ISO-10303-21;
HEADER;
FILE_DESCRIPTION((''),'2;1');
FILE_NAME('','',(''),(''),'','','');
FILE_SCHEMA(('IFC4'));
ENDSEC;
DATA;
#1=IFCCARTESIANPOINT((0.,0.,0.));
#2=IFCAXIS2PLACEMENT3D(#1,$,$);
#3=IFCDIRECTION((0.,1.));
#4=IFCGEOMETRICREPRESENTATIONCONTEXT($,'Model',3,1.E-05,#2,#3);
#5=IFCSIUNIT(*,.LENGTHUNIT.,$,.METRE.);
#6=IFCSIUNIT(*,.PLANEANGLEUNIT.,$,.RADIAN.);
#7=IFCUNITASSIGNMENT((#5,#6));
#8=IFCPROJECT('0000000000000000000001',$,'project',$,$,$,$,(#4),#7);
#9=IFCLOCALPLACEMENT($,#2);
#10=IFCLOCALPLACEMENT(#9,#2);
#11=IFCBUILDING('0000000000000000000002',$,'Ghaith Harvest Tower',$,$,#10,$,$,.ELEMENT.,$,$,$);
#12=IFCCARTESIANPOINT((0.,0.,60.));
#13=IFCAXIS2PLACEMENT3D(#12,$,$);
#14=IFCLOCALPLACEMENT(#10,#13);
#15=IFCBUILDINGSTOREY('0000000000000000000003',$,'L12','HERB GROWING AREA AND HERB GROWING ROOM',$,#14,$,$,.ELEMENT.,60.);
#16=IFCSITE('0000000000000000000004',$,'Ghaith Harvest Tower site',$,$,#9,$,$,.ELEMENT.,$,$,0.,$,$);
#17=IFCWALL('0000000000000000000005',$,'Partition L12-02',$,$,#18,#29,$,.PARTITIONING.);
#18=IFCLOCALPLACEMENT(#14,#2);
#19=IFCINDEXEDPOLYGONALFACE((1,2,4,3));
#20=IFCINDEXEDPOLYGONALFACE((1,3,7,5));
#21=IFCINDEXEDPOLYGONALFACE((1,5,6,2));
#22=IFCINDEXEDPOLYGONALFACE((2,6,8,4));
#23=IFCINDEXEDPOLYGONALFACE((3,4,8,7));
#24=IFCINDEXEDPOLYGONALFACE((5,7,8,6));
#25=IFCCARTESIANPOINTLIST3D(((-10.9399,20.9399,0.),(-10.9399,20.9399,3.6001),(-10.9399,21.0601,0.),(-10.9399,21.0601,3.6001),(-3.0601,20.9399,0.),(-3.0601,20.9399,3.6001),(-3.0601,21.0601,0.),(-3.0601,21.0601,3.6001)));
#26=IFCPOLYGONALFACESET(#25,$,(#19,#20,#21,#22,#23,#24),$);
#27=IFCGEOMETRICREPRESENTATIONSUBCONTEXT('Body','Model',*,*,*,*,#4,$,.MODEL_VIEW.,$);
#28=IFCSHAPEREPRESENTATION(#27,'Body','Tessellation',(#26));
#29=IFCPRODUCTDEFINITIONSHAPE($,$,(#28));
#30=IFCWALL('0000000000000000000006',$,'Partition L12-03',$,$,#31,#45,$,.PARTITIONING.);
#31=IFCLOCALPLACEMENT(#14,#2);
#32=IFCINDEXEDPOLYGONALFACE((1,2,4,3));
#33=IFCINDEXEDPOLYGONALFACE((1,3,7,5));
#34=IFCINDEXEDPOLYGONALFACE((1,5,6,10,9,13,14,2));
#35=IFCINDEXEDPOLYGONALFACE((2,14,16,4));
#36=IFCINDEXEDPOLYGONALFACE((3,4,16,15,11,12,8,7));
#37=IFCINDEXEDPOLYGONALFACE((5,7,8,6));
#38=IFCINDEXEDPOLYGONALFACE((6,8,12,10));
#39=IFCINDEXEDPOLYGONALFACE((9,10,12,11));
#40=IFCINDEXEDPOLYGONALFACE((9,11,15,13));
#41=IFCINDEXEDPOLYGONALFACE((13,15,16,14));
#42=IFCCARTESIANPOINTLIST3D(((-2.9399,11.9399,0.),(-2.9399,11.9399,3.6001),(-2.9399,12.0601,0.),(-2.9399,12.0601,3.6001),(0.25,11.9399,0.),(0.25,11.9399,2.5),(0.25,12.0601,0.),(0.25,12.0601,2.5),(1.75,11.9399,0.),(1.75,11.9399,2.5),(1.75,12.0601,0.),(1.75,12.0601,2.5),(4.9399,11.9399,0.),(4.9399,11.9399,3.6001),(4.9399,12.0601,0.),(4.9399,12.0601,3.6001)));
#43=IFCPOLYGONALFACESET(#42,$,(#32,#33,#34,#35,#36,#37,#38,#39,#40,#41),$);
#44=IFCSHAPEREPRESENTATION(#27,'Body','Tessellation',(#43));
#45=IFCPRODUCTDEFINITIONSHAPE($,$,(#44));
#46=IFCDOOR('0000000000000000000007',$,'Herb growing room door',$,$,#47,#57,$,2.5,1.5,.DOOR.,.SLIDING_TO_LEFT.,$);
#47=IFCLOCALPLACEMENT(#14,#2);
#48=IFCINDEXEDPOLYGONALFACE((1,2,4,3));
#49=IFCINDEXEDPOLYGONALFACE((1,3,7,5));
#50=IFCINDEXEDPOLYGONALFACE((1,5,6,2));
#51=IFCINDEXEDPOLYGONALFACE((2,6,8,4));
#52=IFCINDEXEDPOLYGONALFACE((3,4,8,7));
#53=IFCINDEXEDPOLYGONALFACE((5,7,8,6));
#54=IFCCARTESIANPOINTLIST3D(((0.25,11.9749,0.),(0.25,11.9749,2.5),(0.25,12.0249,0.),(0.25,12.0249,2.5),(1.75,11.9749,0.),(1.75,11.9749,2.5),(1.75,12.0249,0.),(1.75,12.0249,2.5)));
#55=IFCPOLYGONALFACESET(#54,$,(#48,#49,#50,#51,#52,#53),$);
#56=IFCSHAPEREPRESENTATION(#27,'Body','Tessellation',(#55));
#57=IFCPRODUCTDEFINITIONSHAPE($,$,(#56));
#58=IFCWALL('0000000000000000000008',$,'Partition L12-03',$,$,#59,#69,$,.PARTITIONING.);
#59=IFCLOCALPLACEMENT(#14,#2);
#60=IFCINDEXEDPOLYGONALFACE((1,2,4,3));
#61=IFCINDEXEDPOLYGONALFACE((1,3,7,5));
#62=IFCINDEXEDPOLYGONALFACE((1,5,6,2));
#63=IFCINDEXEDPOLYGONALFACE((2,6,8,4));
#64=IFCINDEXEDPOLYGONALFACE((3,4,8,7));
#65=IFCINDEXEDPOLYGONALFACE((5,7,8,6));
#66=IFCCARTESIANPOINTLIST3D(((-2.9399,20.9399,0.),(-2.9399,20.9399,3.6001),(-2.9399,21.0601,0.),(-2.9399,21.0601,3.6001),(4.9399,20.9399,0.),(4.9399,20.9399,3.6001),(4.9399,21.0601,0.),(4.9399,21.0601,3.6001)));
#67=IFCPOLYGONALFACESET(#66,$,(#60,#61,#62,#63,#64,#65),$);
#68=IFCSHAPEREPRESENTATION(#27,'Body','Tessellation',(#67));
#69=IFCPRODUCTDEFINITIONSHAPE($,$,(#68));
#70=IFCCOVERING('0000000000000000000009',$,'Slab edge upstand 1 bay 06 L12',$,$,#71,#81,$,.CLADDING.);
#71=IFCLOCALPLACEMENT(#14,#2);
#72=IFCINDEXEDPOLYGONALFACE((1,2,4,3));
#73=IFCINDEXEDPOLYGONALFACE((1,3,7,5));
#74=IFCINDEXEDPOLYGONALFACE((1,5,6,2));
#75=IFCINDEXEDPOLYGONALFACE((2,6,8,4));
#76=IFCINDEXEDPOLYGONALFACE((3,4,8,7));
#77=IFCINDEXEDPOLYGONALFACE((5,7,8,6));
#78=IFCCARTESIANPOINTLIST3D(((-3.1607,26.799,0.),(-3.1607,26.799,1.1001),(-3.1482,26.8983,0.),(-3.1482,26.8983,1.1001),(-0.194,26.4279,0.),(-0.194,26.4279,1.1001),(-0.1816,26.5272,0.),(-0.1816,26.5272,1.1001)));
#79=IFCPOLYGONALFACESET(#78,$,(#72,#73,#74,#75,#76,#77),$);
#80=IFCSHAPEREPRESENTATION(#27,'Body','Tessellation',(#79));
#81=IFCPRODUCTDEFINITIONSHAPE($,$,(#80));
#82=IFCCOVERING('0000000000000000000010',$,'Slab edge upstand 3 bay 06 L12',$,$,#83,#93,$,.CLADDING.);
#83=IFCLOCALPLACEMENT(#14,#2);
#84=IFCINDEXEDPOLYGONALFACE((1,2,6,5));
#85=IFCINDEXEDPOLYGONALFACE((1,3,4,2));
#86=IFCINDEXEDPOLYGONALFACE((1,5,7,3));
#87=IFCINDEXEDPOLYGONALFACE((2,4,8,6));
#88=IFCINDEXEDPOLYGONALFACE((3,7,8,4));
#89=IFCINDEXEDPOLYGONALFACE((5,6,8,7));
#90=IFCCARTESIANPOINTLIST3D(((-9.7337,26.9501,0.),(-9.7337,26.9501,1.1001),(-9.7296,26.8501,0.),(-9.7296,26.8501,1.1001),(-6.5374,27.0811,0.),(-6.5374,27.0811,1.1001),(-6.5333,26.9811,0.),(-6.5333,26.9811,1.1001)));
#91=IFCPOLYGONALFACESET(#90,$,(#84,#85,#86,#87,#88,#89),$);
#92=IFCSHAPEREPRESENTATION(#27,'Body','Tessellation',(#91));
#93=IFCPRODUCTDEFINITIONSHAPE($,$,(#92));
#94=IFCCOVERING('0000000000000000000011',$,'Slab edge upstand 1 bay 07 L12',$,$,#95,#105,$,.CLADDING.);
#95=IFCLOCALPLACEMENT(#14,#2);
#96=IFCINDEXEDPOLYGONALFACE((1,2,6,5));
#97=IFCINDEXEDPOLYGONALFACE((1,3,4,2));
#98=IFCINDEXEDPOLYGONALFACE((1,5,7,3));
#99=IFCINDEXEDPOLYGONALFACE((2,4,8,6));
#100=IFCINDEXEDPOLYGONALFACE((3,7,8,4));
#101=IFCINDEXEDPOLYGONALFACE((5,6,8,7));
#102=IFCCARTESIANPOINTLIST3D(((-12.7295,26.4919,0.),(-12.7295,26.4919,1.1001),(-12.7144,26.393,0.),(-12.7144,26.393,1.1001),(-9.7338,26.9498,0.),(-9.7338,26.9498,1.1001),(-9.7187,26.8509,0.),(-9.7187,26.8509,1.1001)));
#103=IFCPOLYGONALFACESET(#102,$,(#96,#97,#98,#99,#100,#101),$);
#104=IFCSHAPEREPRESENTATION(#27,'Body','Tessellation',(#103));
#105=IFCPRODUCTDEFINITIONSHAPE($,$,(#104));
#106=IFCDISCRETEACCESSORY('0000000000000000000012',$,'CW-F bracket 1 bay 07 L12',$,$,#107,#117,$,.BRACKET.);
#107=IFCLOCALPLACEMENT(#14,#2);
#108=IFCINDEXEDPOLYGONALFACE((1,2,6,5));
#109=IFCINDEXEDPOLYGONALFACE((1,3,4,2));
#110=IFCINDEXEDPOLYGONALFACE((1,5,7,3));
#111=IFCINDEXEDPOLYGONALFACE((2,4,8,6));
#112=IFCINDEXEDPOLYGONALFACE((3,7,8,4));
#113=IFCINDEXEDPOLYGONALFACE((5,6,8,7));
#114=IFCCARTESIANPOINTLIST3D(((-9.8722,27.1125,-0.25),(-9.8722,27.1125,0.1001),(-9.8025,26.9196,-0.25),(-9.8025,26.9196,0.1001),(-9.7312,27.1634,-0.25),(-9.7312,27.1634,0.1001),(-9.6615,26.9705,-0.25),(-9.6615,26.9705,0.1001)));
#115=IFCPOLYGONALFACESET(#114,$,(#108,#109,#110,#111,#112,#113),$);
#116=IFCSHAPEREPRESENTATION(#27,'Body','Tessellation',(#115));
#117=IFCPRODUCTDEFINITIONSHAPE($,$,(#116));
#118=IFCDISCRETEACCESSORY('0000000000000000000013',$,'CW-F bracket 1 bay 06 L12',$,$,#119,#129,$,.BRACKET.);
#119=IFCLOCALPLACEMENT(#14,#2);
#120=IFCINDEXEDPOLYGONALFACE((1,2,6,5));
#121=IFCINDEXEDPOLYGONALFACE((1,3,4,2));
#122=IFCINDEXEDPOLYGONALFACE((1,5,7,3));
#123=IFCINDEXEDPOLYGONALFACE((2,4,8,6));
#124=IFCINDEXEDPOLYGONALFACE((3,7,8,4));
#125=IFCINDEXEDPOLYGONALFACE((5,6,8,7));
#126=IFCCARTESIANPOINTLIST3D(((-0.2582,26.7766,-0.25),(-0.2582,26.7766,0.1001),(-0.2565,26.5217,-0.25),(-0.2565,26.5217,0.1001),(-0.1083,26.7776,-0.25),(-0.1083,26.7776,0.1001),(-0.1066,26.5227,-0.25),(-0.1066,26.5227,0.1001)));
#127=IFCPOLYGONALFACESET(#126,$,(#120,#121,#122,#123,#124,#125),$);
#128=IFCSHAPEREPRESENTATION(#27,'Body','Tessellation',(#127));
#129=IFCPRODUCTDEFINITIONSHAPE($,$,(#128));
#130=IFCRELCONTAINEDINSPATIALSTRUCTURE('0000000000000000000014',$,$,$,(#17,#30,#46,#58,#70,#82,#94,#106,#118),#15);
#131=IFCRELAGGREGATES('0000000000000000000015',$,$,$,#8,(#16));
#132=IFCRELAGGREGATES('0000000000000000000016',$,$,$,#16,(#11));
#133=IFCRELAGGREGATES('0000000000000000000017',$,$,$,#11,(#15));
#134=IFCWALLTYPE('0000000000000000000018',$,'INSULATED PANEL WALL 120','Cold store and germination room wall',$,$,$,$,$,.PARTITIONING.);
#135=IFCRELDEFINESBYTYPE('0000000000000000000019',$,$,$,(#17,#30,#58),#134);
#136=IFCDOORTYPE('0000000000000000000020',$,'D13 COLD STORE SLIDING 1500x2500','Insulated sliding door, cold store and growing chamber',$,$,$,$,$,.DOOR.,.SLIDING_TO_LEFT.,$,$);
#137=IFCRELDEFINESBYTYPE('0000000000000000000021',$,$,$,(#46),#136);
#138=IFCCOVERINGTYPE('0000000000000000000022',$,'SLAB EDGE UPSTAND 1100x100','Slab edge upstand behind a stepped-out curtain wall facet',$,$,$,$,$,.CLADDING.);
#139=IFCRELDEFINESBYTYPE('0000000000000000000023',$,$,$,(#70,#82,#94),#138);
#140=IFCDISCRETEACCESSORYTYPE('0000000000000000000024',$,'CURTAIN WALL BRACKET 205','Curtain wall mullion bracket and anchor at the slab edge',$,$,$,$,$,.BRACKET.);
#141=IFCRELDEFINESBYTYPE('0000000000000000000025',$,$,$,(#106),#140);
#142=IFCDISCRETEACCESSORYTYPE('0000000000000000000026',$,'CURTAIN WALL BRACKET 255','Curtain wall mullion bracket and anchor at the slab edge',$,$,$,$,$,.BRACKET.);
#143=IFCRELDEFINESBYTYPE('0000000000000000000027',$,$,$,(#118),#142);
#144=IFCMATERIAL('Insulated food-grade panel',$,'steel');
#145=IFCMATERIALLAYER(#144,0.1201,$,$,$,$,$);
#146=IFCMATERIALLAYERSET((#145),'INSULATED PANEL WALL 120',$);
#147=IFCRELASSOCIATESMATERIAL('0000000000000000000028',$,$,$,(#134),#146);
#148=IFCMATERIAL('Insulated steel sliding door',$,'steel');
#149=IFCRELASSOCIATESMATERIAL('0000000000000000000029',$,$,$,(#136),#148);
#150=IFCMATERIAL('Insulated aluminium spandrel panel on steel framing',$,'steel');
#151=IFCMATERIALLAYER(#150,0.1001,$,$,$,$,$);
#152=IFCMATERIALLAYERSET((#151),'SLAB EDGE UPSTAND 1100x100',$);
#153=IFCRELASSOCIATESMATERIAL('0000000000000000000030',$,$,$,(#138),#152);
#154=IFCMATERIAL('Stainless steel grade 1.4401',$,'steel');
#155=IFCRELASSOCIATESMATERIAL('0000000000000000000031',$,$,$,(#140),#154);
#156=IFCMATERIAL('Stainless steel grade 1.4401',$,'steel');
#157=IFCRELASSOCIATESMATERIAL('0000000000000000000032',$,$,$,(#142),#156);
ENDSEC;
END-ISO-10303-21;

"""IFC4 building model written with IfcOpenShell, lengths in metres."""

from ifc_helpers import new_model, si_unit, direction, frame, frame_2d, origin, origin_2d, place, context, subcontext, project, spatial, rectangle, extrude, material, layer, layer_set, type_object, element, fill, save


model = new_model("IFC4")

# Units and contexts
model_context = context("Model", 3, precision=1e-05, world=origin(), true_north=direction((0.0, 1.0)))
body_context = subcontext(model_context, "Body", "Model", "MODEL_VIEW")
ifc_project = project(units=[si_unit("LENGTHUNIT", "METRE"), si_unit("PLANEANGLEUNIT", "RADIAN")], contexts=[model_context])

# Site, building, storey
site_placement = place(None, origin())
site = spatial("IfcSite", under=ifc_project, at=site_placement, Name="Ghaith Harvest Tower site", CompositionType="ELEMENT", RefElevation=0.0)
building_placement = place(site_placement, origin())
building = spatial("IfcBuilding", under=site, at=building_placement, Name="Ghaith Harvest Tower", CompositionType="ELEMENT")
storey_placement = place(building_placement, frame((0.0, 0.0, 60.0)))
storey = spatial("IfcBuildingStorey", under=building, at=storey_placement, Name="L12", Description="HERB GROWING AREA AND HERB GROWING ROOM", CompositionType="ELEMENT", Elevation=60.0)

# Shared definitions
ifc_material_1 = material(Name="Insulated food-grade panel", Category="steel")
ifc_layer_1 = layer(ifc_material_1, 0.1201)
ifc_layer_set_1 = layer_set([ifc_layer_1], Name="INSULATED PANEL WALL 120")
wall_type = type_object("IfcWallType", Name="INSULATED PANEL WALL 120", Description="Cold store and germination room wall", PredefinedType="PARTITIONING", material=ifc_layer_set_1)

# Shared definitions
ifc_material_2 = material(Name="Insulated steel sliding door", Category="steel")
door_type = type_object("IfcDoorType", Name="D13 COLD STORE SLIDING 1500x2500", Description="Insulated sliding door, cold store and growing chamber", OperationType="SLIDING_TO_LEFT", PredefinedType="DOOR", material=ifc_material_2)

# Wall
wall_1_placement = place(storey_placement, frame((-10.9399, 21.0, 0.0), z_axis=(0.0, 0.0, 1.0), x_axis=(1.0, 0.0, 0.0)))
element("IfcWall", 1, at=wall_1_placement, inside=storey, type_object=wall_type, Name="Partition L12-02", PredefinedType="PARTITIONING", context=body_context, shape_type="SweptSolid", body=[
    extrude(rectangle(XDim=7.8799, YDim=0.1201, at=frame_2d((3.9399, 0.0))), origin(), (0.0, 0.0, 1.0), 3.6001),
])

# Wall, opening, door
wall_2_placement = place(storey_placement, frame((-2.9399, 12.0, 0.0), z_axis=(0.0, 0.0, 1.0), x_axis=(1.0, 0.0, 0.0)))
wall_2 = element("IfcWall", 2, at=wall_2_placement, inside=storey, type_object=wall_type, Name="Partition L12-03", PredefinedType="PARTITIONING", context=body_context, shape_type="SweptSolid", body=[
    extrude(rectangle(XDim=7.8799, YDim=0.1201, at=frame_2d((3.9399, 0.0))), origin(), (0.0, 0.0, 1.0), 3.6001),
])
opening_1_placement = place(wall_2_placement, frame((3.1899, 0.0, 0.0)))
opening_1 = element("IfcOpeningElement", 3, at=opening_1_placement, cuts=wall_2, PredefinedType="OPENING", context=body_context, shape_type="SweptSolid", body=[
    extrude(rectangle(XDim=1.5, YDim=2.5, at=frame_2d((0.75, 1.25))), frame((0.0, 0.0701, 0.0), z_axis=(0.0, -1.0, 0.0), x_axis=(1.0, 0.0, 0.0)), (0.0, 0.0, 1.0), 0.1401),
])
door_1_placement = place(opening_1_placement, origin())
door_1 = element("IfcDoor", 4, at=door_1_placement, inside=storey, type_object=door_type, Name="Herb growing room door", OperationType="SLIDING_TO_LEFT", OverallHeight=2.5, OverallWidth=1.5, PredefinedType="DOOR", context=body_context, shape_type="SweptSolid", body=[
    extrude(rectangle(XDim=1.5, YDim=2.5, at=frame_2d((0.75, 1.25))), frame((0.0, 0.0249, 0.0), z_axis=(0.0, -1.0, 0.0), x_axis=(1.0, 0.0, 0.0)), (0.0, 0.0, 1.0), 0.05),
])
fill(opening_1, door_1)

# Wall
wall_3_placement = place(storey_placement, frame((-2.9399, 21.0, 0.0), z_axis=(0.0, 0.0, 1.0), x_axis=(1.0, 0.0, 0.0)))
element("IfcWall", 5, at=wall_3_placement, inside=storey, type_object=wall_type, Name="Partition L12-03", PredefinedType="PARTITIONING", context=body_context, shape_type="SweptSolid", body=[
    extrude(rectangle(XDim=7.8799, YDim=0.1201, at=frame_2d((3.9399, 0.0))), origin(), (0.0, 0.0, 1.0), 3.6001),
])

# Coverings
ifc_material_3 = material(Name="Insulated aluminium spandrel panel on steel framing", Category="steel")
ifc_layer_2 = layer(ifc_material_3, 0.1001)
ifc_layer_set_2 = layer_set([ifc_layer_2], Name="SLAB EDGE UPSTAND 1100x100")
covering_type = type_object("IfcCoveringType", Name="SLAB EDGE UPSTAND 1100x100", Description="Slab edge upstand behind a stepped-out curtain wall facet", PredefinedType="CLADDING", material=ifc_layer_set_2)
covering_1_placement = place(storey_placement, frame((-1.6711, 26.6631, 0.0), z_axis=(0.0, 0.0, 1.0), x_axis=(-0.992265, 0.124139, 0.0)))
element("IfcCovering", 6, at=covering_1_placement, inside=storey, type_object=covering_type, Name="Slab edge upstand 1 bay 06 L12", PredefinedType="CLADDING", context=body_context, shape_type="SweptSolid", body=[
    extrude(rectangle(XDim=2.9897, YDim=0.1001, at=origin_2d()), origin(), (0.0, 0.0, 1.0), 1.1001),
])
covering_2_placement = place(storey_placement, frame((-8.1335, 26.9656, 0.0), z_axis=(0.0, 0.0, 1.0), x_axis=(-0.999161, -0.040957, 0.0)))
element("IfcCovering", 7, at=covering_2_placement, inside=storey, type_object=covering_type, Name="Slab edge upstand 3 bay 06 L12", PredefinedType="CLADDING", context=body_context, shape_type="SweptSolid", body=[
    extrude(rectangle(XDim=3.199, YDim=0.1001, at=origin_2d()), origin(), (0.0, 0.0, 1.0), 1.1001),
])
covering_3_placement = place(storey_placement, frame((-11.2241, 26.6714, 0.0), z_axis=(0.0, 0.0, 1.0), x_axis=(-0.988518, -0.151104, 0.0)))
element("IfcCovering", 8, at=covering_3_placement, inside=storey, type_object=covering_type, Name="Slab edge upstand 1 bay 07 L12", PredefinedType="CLADDING", context=body_context, shape_type="SweptSolid", body=[
    extrude(rectangle(XDim=3.0305, YDim=0.1001, at=origin_2d()), origin(), (0.0, 0.0, 1.0), 1.1001),
])

# Discrete accessories
ifc_material_4 = material(Name="Stainless steel grade 1.4401", Category="steel")
discrete_accessory_type_1 = type_object("IfcDiscreteAccessoryType", Name="CURTAIN WALL BRACKET 205", Description="Curtain wall mullion bracket and anchor at the slab edge", PredefinedType="BRACKET", material=ifc_material_4)
discrete_accessory_1_placement = place(storey_placement, frame((-9.7668, 27.0415, -0.25), z_axis=(0.0, 0.0, 1.0), x_axis=(-0.339699, 0.940534, 0.0)))
element("IfcDiscreteAccessory", 9, at=discrete_accessory_1_placement, inside=storey, type_object=discrete_accessory_type_1, Name="CW-F bracket 1 bay 07 L12", PredefinedType="BRACKET", context=body_context, shape_type="SweptSolid", body=[
    extrude(rectangle(XDim=0.2051, YDim=0.1499, at=origin_2d()), origin(), (0.0, 0.0, 1.0), 0.3501),
])
ifc_material_5 = material(Name="Stainless steel grade 1.4401", Category="steel")
discrete_accessory_type_2 = type_object("IfcDiscreteAccessoryType", Name="CURTAIN WALL BRACKET 255", Description="Curtain wall mullion bracket and anchor at the slab edge", PredefinedType="BRACKET", material=ifc_material_5)
discrete_accessory_2_placement = place(storey_placement, frame((-0.1824, 26.6497, -0.25), z_axis=(0.0, 0.0, 1.0), x_axis=(-0.006844, 0.999977, 0.0)))
element("IfcDiscreteAccessory", 10, at=discrete_accessory_2_placement, inside=storey, type_object=discrete_accessory_type_2, Name="CW-F bracket 1 bay 06 L12", PredefinedType="BRACKET", context=body_context, shape_type="SweptSolid", body=[
    extrude(rectangle(XDim=0.2549, YDim=0.1499, at=origin_2d()), origin(), (0.0, 0.0, 1.0), 0.3501),
])

save(model, "model.ifc")
